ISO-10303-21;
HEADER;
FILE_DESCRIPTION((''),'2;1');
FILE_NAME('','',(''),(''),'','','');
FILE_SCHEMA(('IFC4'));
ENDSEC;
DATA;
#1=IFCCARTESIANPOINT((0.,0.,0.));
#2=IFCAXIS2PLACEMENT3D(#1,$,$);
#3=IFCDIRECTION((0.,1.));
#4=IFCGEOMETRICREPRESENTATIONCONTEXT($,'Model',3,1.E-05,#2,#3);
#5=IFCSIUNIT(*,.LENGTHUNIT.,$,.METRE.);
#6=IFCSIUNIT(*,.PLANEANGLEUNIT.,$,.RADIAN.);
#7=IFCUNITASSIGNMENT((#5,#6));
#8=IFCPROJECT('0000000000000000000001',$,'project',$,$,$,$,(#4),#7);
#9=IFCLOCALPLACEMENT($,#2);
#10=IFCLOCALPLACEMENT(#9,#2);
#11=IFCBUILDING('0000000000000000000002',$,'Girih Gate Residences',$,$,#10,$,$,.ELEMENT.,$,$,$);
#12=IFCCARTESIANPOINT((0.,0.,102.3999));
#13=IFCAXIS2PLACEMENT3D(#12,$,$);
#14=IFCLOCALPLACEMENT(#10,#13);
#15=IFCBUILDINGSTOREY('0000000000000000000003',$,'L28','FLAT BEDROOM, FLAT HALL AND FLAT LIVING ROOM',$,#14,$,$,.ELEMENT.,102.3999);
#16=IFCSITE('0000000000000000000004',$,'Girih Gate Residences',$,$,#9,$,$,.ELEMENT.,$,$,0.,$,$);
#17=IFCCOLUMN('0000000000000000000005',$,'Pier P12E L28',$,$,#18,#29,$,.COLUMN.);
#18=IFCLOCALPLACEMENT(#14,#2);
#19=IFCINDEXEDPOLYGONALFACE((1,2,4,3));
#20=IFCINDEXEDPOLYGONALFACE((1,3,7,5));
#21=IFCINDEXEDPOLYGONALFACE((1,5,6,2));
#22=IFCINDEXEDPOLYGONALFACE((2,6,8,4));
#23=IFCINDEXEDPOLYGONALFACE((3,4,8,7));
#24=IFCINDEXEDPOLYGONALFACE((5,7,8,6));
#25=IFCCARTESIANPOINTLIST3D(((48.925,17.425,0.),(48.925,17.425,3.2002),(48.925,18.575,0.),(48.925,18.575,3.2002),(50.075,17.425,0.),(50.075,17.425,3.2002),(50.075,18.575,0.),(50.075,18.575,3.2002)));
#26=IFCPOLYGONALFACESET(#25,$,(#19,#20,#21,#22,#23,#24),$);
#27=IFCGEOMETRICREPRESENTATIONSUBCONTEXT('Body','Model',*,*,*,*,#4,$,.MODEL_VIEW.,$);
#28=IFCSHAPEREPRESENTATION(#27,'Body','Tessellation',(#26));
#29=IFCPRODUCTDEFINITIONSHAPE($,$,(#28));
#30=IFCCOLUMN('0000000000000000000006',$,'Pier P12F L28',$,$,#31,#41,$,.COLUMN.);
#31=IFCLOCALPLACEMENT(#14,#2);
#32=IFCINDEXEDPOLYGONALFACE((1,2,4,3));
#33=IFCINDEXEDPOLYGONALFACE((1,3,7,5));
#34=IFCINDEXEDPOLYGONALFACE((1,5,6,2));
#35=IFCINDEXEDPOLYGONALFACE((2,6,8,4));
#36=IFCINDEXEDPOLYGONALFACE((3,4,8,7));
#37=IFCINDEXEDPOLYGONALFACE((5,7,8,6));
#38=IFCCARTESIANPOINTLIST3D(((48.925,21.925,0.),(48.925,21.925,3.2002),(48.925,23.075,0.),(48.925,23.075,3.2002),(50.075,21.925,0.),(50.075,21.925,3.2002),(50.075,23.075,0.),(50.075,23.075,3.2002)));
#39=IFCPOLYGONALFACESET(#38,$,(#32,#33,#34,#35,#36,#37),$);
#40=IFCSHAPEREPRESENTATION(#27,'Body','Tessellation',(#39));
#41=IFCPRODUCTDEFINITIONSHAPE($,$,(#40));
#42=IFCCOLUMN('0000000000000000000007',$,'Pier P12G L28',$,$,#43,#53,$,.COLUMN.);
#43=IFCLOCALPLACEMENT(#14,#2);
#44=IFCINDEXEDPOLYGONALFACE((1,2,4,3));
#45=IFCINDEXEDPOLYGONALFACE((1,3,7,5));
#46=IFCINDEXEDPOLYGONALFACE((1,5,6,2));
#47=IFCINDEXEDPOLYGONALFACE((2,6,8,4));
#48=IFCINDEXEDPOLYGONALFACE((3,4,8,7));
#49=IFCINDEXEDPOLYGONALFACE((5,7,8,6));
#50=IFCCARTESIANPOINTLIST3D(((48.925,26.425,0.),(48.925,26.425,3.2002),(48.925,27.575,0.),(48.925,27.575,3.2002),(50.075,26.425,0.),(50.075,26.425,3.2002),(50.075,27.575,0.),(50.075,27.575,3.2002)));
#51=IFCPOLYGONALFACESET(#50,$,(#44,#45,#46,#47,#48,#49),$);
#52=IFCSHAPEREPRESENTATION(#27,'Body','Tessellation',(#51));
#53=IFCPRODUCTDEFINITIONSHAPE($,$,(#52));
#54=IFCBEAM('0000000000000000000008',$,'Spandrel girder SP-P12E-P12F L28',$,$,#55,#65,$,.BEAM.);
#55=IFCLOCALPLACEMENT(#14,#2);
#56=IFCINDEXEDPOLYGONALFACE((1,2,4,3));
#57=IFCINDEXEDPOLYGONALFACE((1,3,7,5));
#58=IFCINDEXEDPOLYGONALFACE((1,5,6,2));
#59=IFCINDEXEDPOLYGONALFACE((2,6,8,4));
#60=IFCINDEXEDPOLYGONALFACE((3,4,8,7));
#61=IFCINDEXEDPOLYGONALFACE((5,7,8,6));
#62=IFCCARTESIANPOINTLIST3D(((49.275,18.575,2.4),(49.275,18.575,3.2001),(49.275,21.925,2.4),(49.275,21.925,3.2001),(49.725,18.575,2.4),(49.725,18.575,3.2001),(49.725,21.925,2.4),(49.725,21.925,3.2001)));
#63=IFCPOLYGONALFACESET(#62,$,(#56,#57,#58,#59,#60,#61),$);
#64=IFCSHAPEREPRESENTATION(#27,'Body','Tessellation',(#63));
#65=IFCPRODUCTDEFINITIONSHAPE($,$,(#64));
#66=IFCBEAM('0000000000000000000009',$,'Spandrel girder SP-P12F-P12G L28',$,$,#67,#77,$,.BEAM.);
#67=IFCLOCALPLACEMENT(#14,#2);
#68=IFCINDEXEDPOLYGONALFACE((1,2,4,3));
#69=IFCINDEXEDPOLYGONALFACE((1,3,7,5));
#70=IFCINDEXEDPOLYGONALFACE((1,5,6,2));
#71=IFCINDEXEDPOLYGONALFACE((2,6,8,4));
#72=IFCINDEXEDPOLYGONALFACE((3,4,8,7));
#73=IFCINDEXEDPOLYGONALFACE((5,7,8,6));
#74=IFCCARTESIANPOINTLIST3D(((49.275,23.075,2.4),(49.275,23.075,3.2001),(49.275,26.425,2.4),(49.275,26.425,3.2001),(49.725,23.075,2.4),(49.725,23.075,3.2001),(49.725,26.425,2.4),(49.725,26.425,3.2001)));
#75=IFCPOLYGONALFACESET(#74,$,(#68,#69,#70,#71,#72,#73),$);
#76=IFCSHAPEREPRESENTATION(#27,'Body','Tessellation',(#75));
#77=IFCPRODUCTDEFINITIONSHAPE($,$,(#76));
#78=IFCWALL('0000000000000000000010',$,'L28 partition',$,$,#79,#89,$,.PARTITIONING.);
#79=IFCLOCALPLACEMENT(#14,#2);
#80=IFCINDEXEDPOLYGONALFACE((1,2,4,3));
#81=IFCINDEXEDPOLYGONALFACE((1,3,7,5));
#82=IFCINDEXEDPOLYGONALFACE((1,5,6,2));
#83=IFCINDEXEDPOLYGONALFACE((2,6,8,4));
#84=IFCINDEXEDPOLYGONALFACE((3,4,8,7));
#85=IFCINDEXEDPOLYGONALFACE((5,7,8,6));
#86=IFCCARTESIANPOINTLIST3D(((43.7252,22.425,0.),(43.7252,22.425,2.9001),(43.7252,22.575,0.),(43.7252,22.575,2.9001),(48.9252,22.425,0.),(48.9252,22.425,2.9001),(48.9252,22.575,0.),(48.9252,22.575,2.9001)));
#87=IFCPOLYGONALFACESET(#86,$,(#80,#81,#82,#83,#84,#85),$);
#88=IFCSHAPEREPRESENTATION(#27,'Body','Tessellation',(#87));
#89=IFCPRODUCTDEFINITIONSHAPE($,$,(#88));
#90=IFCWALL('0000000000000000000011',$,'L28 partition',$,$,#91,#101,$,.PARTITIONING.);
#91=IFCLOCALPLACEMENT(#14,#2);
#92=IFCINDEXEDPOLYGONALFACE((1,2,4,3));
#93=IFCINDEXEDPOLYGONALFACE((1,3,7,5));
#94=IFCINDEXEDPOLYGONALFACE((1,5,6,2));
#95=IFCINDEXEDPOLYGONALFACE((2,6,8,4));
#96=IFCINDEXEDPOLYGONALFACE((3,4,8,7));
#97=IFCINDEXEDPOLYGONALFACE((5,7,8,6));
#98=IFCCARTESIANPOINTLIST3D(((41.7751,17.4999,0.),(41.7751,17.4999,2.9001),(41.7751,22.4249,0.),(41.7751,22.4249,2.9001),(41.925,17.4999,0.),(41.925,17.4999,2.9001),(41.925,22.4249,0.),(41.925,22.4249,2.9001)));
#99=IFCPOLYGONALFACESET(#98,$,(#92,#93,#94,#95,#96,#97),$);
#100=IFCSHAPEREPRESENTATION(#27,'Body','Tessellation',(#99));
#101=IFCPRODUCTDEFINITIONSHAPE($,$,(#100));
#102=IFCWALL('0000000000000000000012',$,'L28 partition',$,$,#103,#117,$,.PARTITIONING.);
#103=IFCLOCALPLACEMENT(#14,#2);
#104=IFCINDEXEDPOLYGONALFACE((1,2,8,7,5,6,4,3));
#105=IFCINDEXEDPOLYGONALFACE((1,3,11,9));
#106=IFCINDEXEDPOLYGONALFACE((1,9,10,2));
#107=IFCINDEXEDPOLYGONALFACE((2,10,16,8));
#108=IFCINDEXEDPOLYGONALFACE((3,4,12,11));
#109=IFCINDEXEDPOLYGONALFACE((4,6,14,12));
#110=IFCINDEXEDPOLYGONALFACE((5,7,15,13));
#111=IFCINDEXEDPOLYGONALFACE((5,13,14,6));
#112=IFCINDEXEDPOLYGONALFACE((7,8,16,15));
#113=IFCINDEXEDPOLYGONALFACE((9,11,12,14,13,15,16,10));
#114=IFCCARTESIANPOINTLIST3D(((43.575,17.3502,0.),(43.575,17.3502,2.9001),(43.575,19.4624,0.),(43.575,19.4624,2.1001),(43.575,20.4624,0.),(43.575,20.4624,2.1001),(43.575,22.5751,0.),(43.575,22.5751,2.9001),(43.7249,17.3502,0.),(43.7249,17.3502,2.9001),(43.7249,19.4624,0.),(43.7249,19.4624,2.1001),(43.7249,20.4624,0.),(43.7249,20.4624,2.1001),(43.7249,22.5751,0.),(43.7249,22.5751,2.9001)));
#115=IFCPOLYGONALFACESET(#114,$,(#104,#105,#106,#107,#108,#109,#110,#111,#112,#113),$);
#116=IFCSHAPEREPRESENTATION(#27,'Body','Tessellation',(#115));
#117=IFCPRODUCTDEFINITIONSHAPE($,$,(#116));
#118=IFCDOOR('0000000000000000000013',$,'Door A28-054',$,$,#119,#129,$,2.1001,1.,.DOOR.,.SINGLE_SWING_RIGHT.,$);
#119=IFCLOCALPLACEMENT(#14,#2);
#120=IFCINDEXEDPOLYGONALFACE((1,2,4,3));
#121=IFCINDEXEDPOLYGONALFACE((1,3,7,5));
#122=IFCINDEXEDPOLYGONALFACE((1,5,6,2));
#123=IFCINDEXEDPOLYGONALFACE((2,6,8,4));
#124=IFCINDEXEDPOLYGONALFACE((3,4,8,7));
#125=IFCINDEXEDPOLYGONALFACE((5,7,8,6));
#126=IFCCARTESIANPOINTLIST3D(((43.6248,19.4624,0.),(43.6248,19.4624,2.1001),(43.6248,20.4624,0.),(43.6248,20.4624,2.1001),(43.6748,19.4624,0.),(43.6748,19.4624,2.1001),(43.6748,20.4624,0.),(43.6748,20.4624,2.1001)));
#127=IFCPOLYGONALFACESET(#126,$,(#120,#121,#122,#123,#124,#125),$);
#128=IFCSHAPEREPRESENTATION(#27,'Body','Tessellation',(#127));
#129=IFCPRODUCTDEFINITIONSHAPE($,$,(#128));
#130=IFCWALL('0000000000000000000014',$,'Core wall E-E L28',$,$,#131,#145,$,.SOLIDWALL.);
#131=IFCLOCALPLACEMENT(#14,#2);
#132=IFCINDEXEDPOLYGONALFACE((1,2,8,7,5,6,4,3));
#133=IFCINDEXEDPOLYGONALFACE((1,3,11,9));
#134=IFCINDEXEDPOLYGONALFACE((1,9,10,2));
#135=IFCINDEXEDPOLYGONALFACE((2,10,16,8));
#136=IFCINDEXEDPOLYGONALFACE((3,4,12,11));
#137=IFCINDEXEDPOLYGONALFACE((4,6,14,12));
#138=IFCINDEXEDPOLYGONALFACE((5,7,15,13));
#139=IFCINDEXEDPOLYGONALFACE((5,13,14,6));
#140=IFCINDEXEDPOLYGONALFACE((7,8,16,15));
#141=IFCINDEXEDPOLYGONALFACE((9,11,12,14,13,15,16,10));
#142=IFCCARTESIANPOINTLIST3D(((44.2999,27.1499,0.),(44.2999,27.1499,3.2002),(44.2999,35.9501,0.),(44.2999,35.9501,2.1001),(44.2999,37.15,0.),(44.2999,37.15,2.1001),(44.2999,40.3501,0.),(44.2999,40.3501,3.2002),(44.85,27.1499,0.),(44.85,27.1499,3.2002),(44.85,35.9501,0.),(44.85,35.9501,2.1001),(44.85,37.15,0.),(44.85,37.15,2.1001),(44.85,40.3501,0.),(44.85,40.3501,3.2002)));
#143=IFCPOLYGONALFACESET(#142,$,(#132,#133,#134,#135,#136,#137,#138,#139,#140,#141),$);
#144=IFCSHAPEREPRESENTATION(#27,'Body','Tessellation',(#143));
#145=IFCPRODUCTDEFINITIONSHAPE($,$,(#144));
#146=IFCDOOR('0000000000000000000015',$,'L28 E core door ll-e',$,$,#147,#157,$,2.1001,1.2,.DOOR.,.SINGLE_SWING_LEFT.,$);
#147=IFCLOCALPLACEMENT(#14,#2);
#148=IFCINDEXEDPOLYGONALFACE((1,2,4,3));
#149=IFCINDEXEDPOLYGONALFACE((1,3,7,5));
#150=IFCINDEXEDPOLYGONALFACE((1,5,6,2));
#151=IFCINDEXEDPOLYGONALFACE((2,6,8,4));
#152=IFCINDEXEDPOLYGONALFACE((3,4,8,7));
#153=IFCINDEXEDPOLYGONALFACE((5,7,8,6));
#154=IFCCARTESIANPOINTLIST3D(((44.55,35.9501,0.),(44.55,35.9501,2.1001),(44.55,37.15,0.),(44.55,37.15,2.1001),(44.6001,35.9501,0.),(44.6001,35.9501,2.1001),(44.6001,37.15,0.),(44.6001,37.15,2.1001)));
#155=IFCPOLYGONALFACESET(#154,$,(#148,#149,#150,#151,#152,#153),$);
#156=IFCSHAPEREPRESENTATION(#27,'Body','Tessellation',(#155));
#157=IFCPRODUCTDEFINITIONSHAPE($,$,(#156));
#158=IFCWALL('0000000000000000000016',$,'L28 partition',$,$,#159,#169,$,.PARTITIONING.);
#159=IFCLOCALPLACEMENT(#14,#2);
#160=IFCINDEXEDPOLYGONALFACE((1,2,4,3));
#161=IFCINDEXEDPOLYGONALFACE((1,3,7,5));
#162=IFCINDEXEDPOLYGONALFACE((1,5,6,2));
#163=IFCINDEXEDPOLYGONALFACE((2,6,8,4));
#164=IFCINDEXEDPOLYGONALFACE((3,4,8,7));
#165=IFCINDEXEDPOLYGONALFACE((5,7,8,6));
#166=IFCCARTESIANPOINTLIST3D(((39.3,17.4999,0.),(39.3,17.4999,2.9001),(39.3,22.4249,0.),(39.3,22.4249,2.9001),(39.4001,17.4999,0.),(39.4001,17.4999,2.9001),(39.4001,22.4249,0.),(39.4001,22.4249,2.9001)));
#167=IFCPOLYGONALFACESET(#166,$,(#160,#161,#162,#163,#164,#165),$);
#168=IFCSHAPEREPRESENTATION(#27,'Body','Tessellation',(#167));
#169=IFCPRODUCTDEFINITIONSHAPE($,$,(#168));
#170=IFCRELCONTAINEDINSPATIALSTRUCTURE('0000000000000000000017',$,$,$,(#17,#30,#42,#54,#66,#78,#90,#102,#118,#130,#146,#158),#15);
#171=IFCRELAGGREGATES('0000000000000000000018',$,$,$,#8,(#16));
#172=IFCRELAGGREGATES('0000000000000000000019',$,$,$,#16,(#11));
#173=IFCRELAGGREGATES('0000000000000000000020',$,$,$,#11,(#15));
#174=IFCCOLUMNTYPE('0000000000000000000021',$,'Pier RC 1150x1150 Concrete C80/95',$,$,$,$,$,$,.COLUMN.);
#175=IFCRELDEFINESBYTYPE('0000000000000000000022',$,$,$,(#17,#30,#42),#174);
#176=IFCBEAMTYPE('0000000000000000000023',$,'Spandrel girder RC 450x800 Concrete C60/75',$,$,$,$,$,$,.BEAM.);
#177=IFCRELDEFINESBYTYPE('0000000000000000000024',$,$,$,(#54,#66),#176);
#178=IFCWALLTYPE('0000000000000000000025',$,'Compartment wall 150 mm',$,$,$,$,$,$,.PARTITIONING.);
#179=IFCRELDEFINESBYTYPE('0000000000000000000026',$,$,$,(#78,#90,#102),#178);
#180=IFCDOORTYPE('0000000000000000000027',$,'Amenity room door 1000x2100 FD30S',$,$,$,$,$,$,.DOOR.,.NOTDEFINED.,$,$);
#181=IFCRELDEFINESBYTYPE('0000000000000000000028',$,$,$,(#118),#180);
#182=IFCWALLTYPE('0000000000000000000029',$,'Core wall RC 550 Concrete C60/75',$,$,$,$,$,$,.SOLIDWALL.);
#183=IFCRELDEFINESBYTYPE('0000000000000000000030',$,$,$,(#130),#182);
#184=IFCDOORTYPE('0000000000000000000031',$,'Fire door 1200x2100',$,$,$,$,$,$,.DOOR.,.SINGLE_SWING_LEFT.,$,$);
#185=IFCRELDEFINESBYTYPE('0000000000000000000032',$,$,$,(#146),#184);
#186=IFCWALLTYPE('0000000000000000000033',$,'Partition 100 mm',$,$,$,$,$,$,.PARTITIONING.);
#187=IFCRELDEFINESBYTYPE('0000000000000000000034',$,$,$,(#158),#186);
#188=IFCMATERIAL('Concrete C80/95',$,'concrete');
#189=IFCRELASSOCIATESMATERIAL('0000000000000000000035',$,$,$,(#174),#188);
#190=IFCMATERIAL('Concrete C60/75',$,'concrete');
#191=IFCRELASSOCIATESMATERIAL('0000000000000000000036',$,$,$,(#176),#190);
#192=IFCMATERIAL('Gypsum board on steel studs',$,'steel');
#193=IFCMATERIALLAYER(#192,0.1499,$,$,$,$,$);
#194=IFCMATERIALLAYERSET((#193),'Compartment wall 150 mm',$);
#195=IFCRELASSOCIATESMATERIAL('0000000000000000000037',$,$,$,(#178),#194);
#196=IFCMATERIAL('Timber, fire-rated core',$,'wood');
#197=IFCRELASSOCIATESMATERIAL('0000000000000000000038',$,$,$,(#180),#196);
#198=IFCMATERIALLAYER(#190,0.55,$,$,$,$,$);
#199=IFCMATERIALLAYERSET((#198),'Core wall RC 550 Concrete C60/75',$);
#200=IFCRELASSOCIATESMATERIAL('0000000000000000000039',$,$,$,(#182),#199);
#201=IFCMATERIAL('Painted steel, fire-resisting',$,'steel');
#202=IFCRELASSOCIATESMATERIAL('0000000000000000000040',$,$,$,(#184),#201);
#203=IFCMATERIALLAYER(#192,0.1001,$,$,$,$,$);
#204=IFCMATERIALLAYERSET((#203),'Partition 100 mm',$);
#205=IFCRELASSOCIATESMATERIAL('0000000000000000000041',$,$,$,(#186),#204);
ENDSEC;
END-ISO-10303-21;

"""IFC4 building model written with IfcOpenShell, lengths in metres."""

from ifc_helpers import new_model, si_unit, direction, frame, frame_2d, origin, origin_2d, place, context, subcontext, project, spatial, rectangle, extrude, material, layer, layer_set, material_profile, profile_set, type_object, element, fill, save


model = new_model("IFC4")

# Units and contexts
model_context = context("Model", 3, precision=1e-05, world=origin(), true_north=direction((0.0, 1.0)))
body_context = subcontext(model_context, "Body", "Model", "MODEL_VIEW")
ifc_project = project(units=[si_unit("LENGTHUNIT", "METRE"), si_unit("PLANEANGLEUNIT", "RADIAN")], contexts=[model_context])

# Site, building, storey
site_placement = place(None, origin())
site = spatial("IfcSite", under=ifc_project, at=site_placement, Name="Girih Gate Residences", CompositionType="ELEMENT", RefElevation=0.0)
building_placement = place(site_placement, origin())
building = spatial("IfcBuilding", under=site, at=building_placement, Name="Girih Gate Residences", CompositionType="ELEMENT")
storey_placement = place(building_placement, frame((0.0, 0.0, 102.3999)))
storey = spatial("IfcBuildingStorey", under=building, at=storey_placement, Name="L28", Description="FLAT BEDROOM, FLAT HALL AND FLAT LIVING ROOM", CompositionType="ELEMENT", Elevation=102.3999)

# Columns
ifc_material_1 = material(Name="Concrete C80/95", Category="concrete")
ifc_material_profile_1 = material_profile(ifc_material_1, rectangle(XDim=1.1499, YDim=1.1499, at=origin_2d()))
ifc_profile_set_1 = profile_set([ifc_material_profile_1], Name="Concrete C80/95")
column_type = type_object("IfcColumnType", Name="Pier RC 1150x1150 Concrete C80/95", PredefinedType="COLUMN", material=ifc_profile_set_1)
for number, where, z_axis, x_axis, name in (
    (1, (49.5, 18.0, 0.0), (0.0, 0.0, 1.0), (1.0, 0.0, 0.0), "Pier P12E L28"),
    (2, (49.5, 22.5, 0.0), (0.0, 0.0, 1.0), (1.0, 0.0, 0.0), "Pier P12F L28"),
    (3, (49.5, 27.0, 0.0), (0.0, 0.0, 1.0), (1.0, 0.0, 0.0), "Pier P12G L28"),
):
    element("IfcColumn", number, at=place(storey_placement, frame(where, z_axis=z_axis, x_axis=x_axis)), inside=storey, type_object=column_type, Name=name, PredefinedType="COLUMN", context=body_context, shape_type="SweptSolid", body=[
        extrude(rectangle(XDim=1.1499, YDim=1.1499, at=origin_2d()), origin(), (0.0, 0.0, 1.0), 3.2002),
    ])

# Beams
ifc_material_2 = material(Name="Concrete C60/75", Category="concrete")
ifc_material_profile_2 = material_profile(ifc_material_2, rectangle(XDim=0.45, YDim=0.8, at=origin_2d()))
ifc_profile_set_2 = profile_set([ifc_material_profile_2], Name="Concrete C60/75")
beam_type = type_object("IfcBeamType", Name="Spandrel girder RC 450x800 Concrete C60/75", PredefinedType="BEAM", material=ifc_profile_set_2)
for number, where, z_axis, x_axis, name in (
    (4, (49.5, 18.575, 2.8), (0.0, 1.0, 0.0), (-1.0, 0.0, 0.0), "Spandrel girder SP-P12E-P12F L28"),
    (5, (49.5, 23.075, 2.8), (0.0, 1.0, 0.0), (-1.0, 0.0, 0.0), "Spandrel girder SP-P12F-P12G L28"),
):
    element("IfcBeam", number, at=place(storey_placement, frame(where, z_axis=z_axis, x_axis=x_axis)), inside=storey, type_object=beam_type, Name=name, PredefinedType="BEAM", context=body_context, shape_type="SweptSolid", body=[
        extrude(rectangle(XDim=0.45, YDim=0.8, at=origin_2d()), origin(), (0.0, 0.0, 1.0), 3.3501),
    ])

# Walls
ifc_material_3 = material(Name="Gypsum board on steel studs", Category="steel")
ifc_layer_1 = layer(ifc_material_3, 0.1499)
ifc_layer_set_1 = layer_set([ifc_layer_1], Name="Compartment wall 150 mm")
wall_type_1 = type_object("IfcWallType", Name="Compartment wall 150 mm", PredefinedType="PARTITIONING", material=ifc_layer_set_1)
wall_1_placement = place(storey_placement, frame((43.7251, 22.5, 0.0), z_axis=(0.0, 0.0, 1.0), x_axis=(1.0, 0.0, 0.0)))
element("IfcWall", 6, at=wall_1_placement, inside=storey, type_object=wall_type_1, Name="L28 partition", PredefinedType="PARTITIONING", context=body_context, shape_type="SweptSolid", body=[
    extrude(rectangle(XDim=5.2, YDim=0.1499, at=frame_2d((2.6001, 0.0))), origin(), (0.0, 0.0, 1.0), 2.9001),
])
wall_2_placement = place(storey_placement, frame((41.8501, 17.5, 0.0), z_axis=(0.0, 0.0, 1.0), x_axis=(0.0, 1.0, 0.0)))
element("IfcWall", 7, at=wall_2_placement, inside=storey, type_object=wall_type_1, Name="L28 partition", PredefinedType="PARTITIONING", context=body_context, shape_type="SweptSolid", body=[
    extrude(rectangle(XDim=4.925, YDim=0.1499, at=frame_2d((2.4624, 0.0))), origin(), (0.0, 0.0, 1.0), 2.9001),
])

# Walls, openings, doors
wall_3_placement = place(storey_placement, frame((43.6499, 22.575, 0.0), z_axis=(0.0, 0.0, 1.0), x_axis=(0.0, -1.0, 0.0)))
wall_3 = element("IfcWall", 8, at=wall_3_placement, inside=storey, type_object=wall_type_1, Name="L28 partition", PredefinedType="PARTITIONING", context=body_context, shape_type="SweptSolid", body=[
    extrude(rectangle(XDim=5.2249, YDim=0.1499, at=frame_2d((2.6123, 0.0))), origin(), (0.0, 0.0, 1.0), 2.9001),
])
opening_1_placement = place(wall_3_placement, frame((2.1125, 0.0, 0.0)))
opening_1 = element("IfcOpeningElement", 9, at=opening_1_placement, cuts=wall_3, PredefinedType="OPENING", context=body_context, shape_type="SweptSolid", body=[
    extrude(rectangle(XDim=1.0, YDim=2.1001, at=frame_2d((0.5, 1.05))), frame((0.0, 0.085, 0.0), z_axis=(0.0, -1.0, 0.0), x_axis=(1.0, 0.0, 0.0)), (0.0, 0.0, 1.0), 0.1699),
])
ifc_material_4 = material(Name="Timber, fire-rated core", Category="wood")
door_type_1 = type_object("IfcDoorType", Name="Amenity room door 1000x2100 FD30S", OperationType="NOTDEFINED", PredefinedType="DOOR", material=ifc_material_4)
door_1_placement = place(opening_1_placement, origin())
door_1 = element("IfcDoor", 10, at=door_1_placement, inside=storey, type_object=door_type_1, Name="Door A28-054", OperationType="SINGLE_SWING_RIGHT", OverallHeight=2.1001, OverallWidth=1.0, PredefinedType="DOOR", context=body_context, shape_type="SweptSolid", body=[
    extrude(rectangle(XDim=1.0, YDim=2.1001, at=frame_2d((0.5, 1.05))), frame((0.0, 0.0249, 0.0), z_axis=(0.0, -1.0, 0.0), x_axis=(1.0, 0.0, 0.0)), (0.0, 0.0, 1.0), 0.05),
])
fill(opening_1, door_1)
ifc_layer_2 = layer(ifc_material_2, 0.55)
ifc_layer_set_2 = layer_set([ifc_layer_2], Name="Core wall RC 550 Concrete C60/75")
wall_type_2 = type_object("IfcWallType", Name="Core wall RC 550 Concrete C60/75", PredefinedType="SOLIDWALL", material=ifc_layer_set_2)
wall_4_placement = place(storey_placement, frame((44.575, 27.1499, 0.0), z_axis=(0.0, 0.0, 1.0), x_axis=(0.0, 1.0, 0.0)))
wall_4 = element("IfcWall", 11, at=wall_4_placement, inside=storey, type_object=wall_type_2, Name="Core wall E-E L28", PredefinedType="SOLIDWALL", context=body_context, shape_type="SweptSolid", body=[
    extrude(rectangle(XDim=13.2002, YDim=0.55, at=frame_2d((6.6001, 0.0))), origin(), (0.0, 0.0, 1.0), 3.2002),
])
opening_2_placement = place(wall_4_placement, frame((8.8, 0.0, 0.0)))
opening_2 = element("IfcOpeningElement", 12, at=opening_2_placement, cuts=wall_4, PredefinedType="OPENING", context=body_context, shape_type="SweptSolid", body=[
    extrude(rectangle(XDim=1.2, YDim=2.1001, at=frame_2d((0.6001, 1.05))), frame((0.0, 0.2849, 0.0), z_axis=(0.0, -1.0, 0.0), x_axis=(1.0, 0.0, 0.0)), (0.0, 0.0, 1.0), 0.5701),
])
ifc_material_5 = material(Name="Painted steel, fire-resisting", Category="steel")
door_type_2 = type_object("IfcDoorType", Name="Fire door 1200x2100", OperationType="SINGLE_SWING_LEFT", PredefinedType="DOOR", material=ifc_material_5)
door_2_placement = place(opening_2_placement, origin())
door_2 = element("IfcDoor", 13, at=door_2_placement, inside=storey, type_object=door_type_2, Name="L28 E core door ll-e", OperationType="SINGLE_SWING_LEFT", OverallHeight=2.1001, OverallWidth=1.2, PredefinedType="DOOR", context=body_context, shape_type="SweptSolid", body=[
    extrude(rectangle(XDim=1.2, YDim=2.1001, at=frame_2d((0.6001, 1.05))), frame((0.0, 0.0249, 0.0), z_axis=(0.0, -1.0, 0.0), x_axis=(1.0, 0.0, 0.0)), (0.0, 0.0, 1.0), 0.05),
])
fill(opening_2, door_2)

# Wall
ifc_layer_3 = layer(ifc_material_3, 0.1001)
ifc_layer_set_3 = layer_set([ifc_layer_3], Name="Partition 100 mm")
wall_type_3 = type_object("IfcWallType", Name="Partition 100 mm", PredefinedType="PARTITIONING", material=ifc_layer_set_3)
wall_5_placement = place(storey_placement, frame((39.3501, 17.5, 0.0), z_axis=(0.0, 0.0, 1.0), x_axis=(0.0, 1.0, 0.0)))
element("IfcWall", 14, at=wall_5_placement, inside=storey, type_object=wall_type_3, Name="L28 partition", PredefinedType="PARTITIONING", context=body_context, shape_type="SweptSolid", body=[
    extrude(rectangle(XDim=4.925, YDim=0.1001, at=frame_2d((2.4624, 0.0))), origin(), (0.0, 0.0, 1.0), 2.9001),
])

save(model, "model.ifc")
